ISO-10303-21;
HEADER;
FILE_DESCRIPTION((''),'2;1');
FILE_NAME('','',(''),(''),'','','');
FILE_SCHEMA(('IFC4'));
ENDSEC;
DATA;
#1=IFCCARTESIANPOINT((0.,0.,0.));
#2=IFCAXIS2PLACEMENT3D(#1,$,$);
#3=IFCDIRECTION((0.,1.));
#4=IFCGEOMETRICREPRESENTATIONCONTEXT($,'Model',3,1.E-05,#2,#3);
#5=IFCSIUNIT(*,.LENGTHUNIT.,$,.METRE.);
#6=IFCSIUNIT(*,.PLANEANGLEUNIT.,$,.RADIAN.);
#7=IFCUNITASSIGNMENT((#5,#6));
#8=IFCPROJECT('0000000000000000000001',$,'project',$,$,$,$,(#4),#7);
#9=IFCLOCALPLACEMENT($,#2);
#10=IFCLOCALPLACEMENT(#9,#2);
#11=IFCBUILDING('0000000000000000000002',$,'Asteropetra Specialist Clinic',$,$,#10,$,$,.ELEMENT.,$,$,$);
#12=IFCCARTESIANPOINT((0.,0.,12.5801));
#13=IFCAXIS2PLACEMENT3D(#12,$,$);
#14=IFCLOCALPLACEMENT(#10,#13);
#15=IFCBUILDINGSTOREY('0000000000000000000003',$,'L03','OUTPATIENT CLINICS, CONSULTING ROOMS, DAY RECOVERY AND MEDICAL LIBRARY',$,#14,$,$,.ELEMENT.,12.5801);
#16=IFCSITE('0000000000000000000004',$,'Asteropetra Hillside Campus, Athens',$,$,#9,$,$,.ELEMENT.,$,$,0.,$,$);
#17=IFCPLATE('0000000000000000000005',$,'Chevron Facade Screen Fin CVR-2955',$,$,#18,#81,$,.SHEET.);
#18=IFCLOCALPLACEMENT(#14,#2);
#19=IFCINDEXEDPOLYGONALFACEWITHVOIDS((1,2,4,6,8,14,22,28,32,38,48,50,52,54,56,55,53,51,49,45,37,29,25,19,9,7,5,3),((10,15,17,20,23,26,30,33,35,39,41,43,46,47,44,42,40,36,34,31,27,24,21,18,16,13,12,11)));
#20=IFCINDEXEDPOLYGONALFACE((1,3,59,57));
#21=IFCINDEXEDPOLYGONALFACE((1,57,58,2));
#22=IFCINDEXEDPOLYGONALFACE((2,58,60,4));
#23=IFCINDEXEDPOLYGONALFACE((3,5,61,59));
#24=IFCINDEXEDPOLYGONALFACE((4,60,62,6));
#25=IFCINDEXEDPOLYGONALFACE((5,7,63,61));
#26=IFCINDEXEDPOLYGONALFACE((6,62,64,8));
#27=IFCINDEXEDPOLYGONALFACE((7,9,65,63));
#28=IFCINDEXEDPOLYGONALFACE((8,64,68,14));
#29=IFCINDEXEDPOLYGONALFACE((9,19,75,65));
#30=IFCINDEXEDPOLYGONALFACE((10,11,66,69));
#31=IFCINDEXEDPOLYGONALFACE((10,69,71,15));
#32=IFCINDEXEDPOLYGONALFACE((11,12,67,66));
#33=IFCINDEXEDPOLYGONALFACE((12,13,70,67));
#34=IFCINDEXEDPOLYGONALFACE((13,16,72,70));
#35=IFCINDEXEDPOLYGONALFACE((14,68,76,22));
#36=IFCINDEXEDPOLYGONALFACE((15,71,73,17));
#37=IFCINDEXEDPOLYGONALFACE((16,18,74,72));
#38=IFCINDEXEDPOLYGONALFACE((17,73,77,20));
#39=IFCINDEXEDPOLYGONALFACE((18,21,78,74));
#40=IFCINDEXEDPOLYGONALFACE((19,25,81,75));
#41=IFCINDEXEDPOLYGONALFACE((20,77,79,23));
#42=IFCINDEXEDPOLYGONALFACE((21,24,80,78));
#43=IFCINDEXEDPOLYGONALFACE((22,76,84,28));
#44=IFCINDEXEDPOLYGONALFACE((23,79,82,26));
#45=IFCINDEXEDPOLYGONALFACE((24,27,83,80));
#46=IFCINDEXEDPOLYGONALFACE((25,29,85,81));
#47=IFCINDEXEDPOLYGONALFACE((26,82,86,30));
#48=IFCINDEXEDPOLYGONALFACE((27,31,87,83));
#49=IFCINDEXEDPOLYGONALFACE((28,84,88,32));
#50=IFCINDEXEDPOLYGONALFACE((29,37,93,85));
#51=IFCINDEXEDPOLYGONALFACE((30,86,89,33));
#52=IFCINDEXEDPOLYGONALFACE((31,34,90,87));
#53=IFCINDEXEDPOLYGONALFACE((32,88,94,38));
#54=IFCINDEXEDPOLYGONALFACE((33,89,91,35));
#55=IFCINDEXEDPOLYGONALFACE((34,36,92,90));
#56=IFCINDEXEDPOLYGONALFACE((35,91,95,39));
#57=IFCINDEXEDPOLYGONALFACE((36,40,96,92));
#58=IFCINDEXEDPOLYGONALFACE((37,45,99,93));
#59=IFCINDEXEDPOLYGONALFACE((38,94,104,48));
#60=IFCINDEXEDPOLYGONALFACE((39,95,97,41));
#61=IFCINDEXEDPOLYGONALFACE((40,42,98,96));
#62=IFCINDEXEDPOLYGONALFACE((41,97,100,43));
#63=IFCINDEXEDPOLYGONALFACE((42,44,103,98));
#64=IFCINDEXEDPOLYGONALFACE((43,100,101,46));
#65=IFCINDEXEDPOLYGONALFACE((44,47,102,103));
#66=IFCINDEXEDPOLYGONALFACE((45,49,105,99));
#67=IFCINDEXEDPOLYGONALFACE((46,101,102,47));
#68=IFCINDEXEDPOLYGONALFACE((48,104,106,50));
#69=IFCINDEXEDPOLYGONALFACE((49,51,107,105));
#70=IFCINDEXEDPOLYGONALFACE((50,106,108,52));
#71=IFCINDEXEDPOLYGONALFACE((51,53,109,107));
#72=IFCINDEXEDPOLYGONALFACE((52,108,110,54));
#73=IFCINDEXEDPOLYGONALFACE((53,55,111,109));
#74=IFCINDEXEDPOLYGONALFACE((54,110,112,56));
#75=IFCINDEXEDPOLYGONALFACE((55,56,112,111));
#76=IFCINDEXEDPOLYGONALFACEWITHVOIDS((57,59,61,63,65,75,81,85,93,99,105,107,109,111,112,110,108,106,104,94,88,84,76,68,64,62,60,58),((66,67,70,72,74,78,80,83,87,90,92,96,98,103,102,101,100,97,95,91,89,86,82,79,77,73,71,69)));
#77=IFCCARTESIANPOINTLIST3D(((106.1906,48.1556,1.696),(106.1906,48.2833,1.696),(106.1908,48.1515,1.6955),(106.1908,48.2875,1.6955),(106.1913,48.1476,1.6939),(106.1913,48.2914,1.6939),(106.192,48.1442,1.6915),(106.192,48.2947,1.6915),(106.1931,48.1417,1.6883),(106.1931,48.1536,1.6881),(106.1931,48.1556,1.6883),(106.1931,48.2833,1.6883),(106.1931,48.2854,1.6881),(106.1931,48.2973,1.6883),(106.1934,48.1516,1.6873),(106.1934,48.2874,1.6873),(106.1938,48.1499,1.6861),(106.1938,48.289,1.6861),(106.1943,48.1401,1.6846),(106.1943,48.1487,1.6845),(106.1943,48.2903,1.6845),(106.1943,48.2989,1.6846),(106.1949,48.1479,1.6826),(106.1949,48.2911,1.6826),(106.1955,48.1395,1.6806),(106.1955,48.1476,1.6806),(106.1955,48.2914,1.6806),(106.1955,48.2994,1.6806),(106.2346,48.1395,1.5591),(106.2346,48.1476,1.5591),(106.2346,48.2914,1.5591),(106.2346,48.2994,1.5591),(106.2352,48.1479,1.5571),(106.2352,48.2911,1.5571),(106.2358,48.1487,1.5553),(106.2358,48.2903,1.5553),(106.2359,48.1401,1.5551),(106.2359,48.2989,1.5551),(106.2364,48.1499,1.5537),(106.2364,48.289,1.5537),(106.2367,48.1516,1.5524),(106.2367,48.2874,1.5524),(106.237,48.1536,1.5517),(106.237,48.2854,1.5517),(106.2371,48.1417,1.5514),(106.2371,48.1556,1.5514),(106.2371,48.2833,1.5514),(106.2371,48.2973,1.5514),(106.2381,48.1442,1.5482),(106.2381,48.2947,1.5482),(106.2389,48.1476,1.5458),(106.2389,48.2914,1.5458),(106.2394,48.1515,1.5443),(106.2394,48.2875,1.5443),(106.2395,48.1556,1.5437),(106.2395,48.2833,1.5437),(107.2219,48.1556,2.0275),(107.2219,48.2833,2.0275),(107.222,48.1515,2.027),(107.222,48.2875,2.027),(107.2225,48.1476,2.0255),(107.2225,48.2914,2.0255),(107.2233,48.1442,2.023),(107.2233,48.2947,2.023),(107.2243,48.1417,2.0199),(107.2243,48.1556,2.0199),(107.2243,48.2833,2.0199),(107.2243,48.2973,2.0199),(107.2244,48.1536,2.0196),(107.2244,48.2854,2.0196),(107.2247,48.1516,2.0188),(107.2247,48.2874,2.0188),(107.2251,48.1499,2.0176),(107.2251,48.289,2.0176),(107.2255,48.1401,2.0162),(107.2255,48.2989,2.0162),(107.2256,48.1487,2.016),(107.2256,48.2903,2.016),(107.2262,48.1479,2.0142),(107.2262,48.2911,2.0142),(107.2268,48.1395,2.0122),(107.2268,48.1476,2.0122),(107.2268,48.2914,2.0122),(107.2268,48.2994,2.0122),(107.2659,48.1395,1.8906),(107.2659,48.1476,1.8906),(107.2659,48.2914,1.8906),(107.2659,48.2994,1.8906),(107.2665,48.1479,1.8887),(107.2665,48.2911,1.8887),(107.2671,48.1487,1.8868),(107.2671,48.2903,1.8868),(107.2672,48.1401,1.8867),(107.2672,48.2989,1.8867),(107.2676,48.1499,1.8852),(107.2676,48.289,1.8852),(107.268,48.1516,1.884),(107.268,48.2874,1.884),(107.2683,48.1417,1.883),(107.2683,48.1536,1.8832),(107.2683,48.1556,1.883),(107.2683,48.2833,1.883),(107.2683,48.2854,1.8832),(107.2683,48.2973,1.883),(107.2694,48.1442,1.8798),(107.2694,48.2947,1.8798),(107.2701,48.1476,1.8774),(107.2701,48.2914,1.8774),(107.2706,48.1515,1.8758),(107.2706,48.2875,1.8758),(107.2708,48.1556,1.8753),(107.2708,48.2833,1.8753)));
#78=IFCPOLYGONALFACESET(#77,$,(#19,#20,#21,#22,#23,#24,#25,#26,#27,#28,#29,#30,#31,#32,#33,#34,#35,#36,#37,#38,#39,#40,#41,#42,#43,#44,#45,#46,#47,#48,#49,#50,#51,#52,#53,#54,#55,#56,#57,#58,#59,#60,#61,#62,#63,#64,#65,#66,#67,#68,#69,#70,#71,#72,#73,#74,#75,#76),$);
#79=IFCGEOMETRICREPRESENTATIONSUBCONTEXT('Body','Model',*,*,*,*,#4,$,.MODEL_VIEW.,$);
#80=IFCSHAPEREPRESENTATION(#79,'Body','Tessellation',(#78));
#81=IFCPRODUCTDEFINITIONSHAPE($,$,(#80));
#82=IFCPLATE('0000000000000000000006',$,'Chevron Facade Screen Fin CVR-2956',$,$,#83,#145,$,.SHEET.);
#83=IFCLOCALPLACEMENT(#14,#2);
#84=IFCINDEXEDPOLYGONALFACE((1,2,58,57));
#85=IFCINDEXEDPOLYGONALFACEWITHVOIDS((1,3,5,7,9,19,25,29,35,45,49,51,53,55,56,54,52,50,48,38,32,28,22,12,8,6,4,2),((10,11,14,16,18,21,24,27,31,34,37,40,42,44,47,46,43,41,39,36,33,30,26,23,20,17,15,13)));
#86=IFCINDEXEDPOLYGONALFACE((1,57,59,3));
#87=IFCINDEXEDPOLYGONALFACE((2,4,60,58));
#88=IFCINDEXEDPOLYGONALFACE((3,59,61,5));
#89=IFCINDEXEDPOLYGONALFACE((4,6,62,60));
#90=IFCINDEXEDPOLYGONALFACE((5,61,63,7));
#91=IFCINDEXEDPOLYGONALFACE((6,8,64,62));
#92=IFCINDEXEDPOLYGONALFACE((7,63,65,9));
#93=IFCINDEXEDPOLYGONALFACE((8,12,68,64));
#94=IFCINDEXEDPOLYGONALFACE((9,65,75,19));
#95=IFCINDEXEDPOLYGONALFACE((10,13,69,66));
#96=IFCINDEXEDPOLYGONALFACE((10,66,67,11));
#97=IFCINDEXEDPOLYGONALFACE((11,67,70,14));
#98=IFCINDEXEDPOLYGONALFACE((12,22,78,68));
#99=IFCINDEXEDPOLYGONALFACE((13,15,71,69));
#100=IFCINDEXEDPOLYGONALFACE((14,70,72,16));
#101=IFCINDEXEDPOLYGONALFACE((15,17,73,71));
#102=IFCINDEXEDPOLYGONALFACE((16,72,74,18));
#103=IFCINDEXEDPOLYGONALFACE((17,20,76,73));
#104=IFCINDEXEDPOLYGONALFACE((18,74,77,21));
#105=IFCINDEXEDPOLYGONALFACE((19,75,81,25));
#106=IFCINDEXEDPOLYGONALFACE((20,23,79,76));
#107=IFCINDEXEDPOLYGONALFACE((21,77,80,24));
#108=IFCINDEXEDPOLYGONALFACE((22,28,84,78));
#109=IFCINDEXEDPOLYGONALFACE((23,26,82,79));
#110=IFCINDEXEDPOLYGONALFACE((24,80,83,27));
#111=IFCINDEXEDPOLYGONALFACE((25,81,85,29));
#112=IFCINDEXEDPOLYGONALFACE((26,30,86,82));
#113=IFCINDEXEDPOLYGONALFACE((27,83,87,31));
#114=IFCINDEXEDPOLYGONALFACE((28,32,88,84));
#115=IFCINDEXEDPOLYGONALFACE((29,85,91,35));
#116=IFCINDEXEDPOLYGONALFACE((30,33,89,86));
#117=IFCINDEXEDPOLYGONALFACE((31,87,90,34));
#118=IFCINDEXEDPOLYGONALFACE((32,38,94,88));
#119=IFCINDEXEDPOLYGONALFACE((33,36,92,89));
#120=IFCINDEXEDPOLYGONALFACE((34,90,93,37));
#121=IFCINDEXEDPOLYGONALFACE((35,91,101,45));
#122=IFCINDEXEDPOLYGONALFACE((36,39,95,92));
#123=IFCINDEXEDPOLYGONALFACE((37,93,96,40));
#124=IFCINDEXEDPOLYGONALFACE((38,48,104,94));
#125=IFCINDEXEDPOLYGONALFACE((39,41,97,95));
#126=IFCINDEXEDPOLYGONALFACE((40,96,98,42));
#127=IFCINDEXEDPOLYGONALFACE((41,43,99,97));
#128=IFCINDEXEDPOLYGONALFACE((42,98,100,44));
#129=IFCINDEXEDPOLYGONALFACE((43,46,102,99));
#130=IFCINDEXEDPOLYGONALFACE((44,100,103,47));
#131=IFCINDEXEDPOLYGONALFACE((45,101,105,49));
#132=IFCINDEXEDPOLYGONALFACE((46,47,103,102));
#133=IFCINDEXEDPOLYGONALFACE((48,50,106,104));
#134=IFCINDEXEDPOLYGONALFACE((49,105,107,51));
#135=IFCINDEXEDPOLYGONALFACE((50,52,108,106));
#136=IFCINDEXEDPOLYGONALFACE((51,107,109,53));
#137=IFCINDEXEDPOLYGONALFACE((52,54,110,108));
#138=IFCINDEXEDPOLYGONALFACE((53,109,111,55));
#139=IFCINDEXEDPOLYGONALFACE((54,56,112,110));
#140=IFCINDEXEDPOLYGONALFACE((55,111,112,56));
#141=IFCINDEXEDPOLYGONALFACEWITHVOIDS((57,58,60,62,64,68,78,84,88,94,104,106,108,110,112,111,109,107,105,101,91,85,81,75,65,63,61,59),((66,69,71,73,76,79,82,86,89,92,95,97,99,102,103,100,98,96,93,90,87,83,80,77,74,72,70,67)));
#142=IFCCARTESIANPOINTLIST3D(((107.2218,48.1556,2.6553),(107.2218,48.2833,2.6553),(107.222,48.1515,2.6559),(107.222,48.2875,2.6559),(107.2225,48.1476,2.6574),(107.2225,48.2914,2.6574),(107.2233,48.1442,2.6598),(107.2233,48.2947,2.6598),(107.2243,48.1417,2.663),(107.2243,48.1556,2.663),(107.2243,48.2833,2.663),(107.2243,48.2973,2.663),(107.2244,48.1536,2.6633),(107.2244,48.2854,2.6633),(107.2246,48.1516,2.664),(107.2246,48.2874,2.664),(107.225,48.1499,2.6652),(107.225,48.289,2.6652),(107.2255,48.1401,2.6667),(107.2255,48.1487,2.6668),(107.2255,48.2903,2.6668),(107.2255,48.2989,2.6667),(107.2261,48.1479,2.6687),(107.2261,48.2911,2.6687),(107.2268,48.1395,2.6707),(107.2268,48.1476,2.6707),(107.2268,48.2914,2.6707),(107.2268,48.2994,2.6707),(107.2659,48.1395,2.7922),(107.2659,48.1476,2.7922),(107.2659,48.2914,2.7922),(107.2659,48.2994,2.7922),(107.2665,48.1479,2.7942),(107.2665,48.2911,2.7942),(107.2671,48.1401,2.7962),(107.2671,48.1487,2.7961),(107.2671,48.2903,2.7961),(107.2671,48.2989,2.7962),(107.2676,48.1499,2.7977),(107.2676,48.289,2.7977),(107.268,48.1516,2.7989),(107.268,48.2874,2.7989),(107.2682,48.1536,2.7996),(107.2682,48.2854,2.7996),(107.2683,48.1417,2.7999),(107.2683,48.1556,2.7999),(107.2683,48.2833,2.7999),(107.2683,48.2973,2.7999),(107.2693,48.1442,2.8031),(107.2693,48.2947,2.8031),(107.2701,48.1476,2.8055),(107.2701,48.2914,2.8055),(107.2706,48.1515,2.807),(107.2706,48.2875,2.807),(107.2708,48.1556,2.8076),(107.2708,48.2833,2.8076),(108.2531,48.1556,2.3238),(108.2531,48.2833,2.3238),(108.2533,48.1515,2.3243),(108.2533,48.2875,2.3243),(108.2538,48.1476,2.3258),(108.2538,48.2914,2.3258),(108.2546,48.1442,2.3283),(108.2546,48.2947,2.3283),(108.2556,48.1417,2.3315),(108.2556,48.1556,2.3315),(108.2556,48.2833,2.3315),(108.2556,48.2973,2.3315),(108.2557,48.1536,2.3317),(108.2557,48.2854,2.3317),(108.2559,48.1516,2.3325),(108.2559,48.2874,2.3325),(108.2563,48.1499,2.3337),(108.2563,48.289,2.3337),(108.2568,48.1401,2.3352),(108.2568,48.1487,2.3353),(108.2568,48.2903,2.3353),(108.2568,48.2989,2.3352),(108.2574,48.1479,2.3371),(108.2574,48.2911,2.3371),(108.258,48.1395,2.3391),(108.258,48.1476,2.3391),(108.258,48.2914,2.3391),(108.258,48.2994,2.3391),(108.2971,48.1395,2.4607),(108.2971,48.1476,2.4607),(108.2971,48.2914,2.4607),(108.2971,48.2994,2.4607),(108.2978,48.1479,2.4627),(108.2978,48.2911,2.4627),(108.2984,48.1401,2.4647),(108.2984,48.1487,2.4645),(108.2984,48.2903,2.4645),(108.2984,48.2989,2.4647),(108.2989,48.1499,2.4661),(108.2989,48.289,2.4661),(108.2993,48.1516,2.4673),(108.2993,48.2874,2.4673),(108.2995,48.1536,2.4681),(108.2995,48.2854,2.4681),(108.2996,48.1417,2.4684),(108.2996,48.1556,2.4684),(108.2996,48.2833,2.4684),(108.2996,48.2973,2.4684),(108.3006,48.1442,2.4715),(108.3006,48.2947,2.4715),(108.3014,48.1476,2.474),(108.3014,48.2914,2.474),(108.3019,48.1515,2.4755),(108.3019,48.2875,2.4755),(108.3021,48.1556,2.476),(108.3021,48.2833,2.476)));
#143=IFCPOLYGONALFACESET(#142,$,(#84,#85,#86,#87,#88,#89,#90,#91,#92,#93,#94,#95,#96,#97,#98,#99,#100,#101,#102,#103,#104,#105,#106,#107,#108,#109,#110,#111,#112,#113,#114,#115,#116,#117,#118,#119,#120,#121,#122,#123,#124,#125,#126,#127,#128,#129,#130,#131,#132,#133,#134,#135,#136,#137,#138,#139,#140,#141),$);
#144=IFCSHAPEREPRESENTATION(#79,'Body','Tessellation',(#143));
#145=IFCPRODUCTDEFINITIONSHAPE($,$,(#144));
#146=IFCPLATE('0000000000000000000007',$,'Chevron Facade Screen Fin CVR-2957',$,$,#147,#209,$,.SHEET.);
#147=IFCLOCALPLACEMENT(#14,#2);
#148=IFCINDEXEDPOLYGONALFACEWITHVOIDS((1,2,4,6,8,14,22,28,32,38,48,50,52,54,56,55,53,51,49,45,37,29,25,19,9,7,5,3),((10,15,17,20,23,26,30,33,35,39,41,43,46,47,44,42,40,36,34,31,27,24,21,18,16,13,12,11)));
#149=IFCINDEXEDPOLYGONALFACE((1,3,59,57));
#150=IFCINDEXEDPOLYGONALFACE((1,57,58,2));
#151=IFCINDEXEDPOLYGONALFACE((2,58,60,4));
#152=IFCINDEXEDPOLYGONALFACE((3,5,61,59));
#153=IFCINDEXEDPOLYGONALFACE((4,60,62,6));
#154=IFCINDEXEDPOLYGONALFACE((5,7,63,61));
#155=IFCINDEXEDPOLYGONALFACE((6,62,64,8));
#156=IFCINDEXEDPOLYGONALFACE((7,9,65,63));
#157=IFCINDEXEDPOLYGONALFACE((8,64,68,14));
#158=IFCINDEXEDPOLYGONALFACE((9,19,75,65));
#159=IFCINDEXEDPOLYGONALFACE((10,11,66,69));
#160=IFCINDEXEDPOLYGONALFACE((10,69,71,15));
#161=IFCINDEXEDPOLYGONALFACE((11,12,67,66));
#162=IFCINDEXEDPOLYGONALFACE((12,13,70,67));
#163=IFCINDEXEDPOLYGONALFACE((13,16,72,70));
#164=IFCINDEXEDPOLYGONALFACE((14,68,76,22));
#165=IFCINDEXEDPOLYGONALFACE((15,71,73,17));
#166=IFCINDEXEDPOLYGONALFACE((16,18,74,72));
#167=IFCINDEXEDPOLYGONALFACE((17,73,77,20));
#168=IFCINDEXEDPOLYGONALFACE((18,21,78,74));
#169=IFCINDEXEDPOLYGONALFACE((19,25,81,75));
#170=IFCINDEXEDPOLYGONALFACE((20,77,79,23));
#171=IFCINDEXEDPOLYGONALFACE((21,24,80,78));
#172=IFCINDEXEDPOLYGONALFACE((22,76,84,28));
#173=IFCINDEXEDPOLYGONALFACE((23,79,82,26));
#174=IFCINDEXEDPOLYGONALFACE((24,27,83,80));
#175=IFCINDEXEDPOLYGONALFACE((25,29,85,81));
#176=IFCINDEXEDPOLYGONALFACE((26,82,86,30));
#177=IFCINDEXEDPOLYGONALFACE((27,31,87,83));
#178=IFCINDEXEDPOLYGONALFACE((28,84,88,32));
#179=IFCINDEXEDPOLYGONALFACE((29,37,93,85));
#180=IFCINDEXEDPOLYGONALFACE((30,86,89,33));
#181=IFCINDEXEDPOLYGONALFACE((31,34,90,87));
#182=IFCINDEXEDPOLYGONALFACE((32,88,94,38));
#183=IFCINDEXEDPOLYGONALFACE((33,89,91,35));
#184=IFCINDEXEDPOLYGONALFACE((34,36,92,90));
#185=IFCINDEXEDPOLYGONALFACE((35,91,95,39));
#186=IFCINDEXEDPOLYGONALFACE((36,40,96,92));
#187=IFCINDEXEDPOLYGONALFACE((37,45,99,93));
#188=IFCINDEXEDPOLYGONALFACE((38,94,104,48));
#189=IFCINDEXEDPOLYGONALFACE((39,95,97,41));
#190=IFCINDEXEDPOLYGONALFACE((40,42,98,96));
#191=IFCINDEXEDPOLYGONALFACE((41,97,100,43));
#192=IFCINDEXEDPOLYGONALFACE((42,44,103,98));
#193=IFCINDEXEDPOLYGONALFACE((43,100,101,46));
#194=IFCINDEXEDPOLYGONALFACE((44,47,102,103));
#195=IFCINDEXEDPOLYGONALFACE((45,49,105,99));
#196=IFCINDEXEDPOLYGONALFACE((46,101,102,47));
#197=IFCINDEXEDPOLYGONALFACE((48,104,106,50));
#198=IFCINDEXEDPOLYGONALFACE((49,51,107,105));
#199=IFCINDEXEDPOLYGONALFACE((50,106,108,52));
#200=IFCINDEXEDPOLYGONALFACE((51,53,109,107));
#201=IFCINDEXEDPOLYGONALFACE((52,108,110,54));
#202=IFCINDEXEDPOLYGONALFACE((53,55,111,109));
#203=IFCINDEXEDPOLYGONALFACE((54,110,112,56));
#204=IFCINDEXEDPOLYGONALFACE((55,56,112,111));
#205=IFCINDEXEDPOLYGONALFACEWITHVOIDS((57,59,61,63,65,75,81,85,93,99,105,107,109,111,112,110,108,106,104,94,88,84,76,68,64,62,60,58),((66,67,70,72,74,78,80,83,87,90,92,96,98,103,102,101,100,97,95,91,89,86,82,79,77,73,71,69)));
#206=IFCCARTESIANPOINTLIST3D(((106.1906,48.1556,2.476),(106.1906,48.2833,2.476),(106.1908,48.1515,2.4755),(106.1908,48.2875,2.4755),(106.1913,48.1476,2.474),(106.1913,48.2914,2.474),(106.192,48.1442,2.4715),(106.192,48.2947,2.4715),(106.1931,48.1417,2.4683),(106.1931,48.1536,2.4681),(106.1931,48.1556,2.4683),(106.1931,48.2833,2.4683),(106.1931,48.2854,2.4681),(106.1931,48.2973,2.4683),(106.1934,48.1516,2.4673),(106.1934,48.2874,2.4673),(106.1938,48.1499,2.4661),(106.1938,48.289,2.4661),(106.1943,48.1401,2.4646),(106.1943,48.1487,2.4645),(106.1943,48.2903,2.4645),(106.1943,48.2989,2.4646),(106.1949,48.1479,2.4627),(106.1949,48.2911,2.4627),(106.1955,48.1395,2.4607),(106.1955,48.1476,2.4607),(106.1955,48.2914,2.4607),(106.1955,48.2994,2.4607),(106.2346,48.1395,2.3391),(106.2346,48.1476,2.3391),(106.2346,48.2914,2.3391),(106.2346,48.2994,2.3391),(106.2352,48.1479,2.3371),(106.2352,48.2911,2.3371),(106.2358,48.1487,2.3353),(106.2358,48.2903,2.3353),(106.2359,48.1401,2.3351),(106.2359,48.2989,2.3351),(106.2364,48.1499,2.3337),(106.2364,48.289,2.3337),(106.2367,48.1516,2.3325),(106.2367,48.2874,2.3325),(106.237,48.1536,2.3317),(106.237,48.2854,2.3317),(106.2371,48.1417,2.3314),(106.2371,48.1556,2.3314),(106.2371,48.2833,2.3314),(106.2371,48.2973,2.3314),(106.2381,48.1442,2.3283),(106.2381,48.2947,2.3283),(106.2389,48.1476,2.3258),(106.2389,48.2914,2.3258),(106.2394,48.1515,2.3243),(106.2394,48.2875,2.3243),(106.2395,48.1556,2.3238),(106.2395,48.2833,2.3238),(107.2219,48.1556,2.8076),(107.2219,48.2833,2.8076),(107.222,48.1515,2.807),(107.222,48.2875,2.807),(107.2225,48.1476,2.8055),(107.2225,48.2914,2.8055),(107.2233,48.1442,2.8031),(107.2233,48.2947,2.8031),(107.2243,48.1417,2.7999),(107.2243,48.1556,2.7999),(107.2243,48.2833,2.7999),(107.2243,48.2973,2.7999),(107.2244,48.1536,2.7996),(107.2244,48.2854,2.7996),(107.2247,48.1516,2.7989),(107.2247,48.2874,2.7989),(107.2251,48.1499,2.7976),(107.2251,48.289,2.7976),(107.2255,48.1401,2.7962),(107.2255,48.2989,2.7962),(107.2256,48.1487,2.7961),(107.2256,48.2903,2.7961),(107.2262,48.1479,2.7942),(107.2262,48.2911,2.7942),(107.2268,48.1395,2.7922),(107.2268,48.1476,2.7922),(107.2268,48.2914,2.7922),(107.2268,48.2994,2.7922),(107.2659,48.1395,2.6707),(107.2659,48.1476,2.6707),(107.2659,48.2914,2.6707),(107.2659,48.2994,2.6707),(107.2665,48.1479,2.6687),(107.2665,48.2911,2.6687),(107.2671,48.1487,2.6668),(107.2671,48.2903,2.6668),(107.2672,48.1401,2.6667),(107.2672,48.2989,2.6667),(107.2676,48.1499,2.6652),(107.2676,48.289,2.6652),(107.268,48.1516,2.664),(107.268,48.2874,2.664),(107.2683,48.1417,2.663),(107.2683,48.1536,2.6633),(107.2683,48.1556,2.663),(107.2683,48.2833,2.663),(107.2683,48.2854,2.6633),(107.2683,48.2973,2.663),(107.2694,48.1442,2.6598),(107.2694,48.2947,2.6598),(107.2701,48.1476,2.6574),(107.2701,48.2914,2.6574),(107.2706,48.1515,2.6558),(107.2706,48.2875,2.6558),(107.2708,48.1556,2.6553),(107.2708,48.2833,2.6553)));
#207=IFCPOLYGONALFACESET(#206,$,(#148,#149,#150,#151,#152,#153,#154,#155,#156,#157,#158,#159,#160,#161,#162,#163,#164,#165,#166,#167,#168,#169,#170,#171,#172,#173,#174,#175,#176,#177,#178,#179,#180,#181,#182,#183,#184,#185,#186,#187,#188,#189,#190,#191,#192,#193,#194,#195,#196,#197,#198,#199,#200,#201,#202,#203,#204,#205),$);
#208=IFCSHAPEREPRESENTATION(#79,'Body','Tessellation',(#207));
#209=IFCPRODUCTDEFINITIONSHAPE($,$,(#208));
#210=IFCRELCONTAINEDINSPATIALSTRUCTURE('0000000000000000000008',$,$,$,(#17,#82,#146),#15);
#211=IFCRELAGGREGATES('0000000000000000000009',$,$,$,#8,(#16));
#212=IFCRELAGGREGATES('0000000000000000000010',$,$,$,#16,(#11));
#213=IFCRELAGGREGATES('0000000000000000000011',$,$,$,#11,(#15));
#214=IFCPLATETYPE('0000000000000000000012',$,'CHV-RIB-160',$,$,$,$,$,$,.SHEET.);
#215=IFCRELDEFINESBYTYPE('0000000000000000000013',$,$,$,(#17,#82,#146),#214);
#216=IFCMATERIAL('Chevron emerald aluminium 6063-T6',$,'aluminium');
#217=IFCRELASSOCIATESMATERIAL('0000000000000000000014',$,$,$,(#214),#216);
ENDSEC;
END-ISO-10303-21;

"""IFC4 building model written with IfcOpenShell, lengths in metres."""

from ifc_helpers import new_model, si_unit, direction, frame, origin, origin_2d, place, context, subcontext, project, spatial, hollow_rectangle, extrude, material, material_profile, profile_set, type_object, element, save


model = new_model("IFC4")

# Units and contexts
model_context = context("Model", 3, precision=1e-05, world=origin(), true_north=direction((0.0, 1.0)))
body_context = subcontext(model_context, "Body", "Model", "MODEL_VIEW")
ifc_project = project(units=[si_unit("LENGTHUNIT", "METRE"), si_unit("PLANEANGLEUNIT", "RADIAN")], contexts=[model_context])

# Site, building, storey
site_placement = place(None, origin())
site = spatial("IfcSite", under=ifc_project, at=site_placement, Name="Asteropetra Hillside Campus, Athens", CompositionType="ELEMENT", RefElevation=0.0)
building_placement = place(site_placement, origin())
building = spatial("IfcBuilding", under=site, at=building_placement, Name="Asteropetra Specialist Clinic", CompositionType="ELEMENT")
storey_placement = place(building_placement, frame((0.0, 0.0, 12.5801)))
storey = spatial("IfcBuildingStorey", under=building, at=storey_placement, Name="L03", Description="OUTPATIENT CLINICS, CONSULTING ROOMS, DAY RECOVERY AND MEDICAL LIBRARY", CompositionType="ELEMENT", Elevation=12.5801)

# Plates
ifc_material_1 = material(Name="Chevron emerald aluminium 6063-T6", Category="aluminium")
ifc_material_profile_1 = material_profile(ifc_material_1, hollow_rectangle(XDim=0.1599, YDim=0.1599, WallThickness=0.0081, InnerFilletRadius=0.0081, OuterFilletRadius=0.0161, at=origin_2d()), Name="SHS 160x160x8.0")
ifc_profile_set_1 = profile_set([ifc_material_profile_1], Name="Chevron emerald aluminium 6063-T6")
plate_type_1 = type_object("IfcPlateType", Name="CHV-RIB-160", PredefinedType="SHEET", material=ifc_profile_set_1)
for number, where, z_axis, x_axis, name in (
    (1, (107.2463, 48.2195, 1.9514), (-0.95201, 0.0, -0.306068), (0.0, -1.0, 0.0), "Chevron Facade Screen Fin CVR-2955"),
    (2, (108.2776, 48.2195, 2.3999), (-0.95201, 0.0, 0.306068), (0.0, -1.0, 0.0), "Chevron Facade Screen Fin CVR-2956"),
    (3, (107.2463, 48.2195, 2.7314), (-0.95201, 0.0, -0.306068), (0.0, -1.0, 0.0), "Chevron Facade Screen Fin CVR-2957"),
):
    element("IfcPlate", number, at=place(storey_placement, frame(where, z_axis=z_axis, x_axis=x_axis)), inside=storey, type_object=plate_type_1, Name=name, PredefinedType="SHEET", context=body_context, shape_type="SweptSolid", body=[
        extrude(hollow_rectangle(XDim=0.1599, YDim=0.1599, WallThickness=0.0081, InnerFilletRadius=0.0081, OuterFilletRadius=0.0161, at=origin_2d()), origin(), (0.0, 0.0, 1.0), 1.0833),
    ])

save(model, "model.ifc")
